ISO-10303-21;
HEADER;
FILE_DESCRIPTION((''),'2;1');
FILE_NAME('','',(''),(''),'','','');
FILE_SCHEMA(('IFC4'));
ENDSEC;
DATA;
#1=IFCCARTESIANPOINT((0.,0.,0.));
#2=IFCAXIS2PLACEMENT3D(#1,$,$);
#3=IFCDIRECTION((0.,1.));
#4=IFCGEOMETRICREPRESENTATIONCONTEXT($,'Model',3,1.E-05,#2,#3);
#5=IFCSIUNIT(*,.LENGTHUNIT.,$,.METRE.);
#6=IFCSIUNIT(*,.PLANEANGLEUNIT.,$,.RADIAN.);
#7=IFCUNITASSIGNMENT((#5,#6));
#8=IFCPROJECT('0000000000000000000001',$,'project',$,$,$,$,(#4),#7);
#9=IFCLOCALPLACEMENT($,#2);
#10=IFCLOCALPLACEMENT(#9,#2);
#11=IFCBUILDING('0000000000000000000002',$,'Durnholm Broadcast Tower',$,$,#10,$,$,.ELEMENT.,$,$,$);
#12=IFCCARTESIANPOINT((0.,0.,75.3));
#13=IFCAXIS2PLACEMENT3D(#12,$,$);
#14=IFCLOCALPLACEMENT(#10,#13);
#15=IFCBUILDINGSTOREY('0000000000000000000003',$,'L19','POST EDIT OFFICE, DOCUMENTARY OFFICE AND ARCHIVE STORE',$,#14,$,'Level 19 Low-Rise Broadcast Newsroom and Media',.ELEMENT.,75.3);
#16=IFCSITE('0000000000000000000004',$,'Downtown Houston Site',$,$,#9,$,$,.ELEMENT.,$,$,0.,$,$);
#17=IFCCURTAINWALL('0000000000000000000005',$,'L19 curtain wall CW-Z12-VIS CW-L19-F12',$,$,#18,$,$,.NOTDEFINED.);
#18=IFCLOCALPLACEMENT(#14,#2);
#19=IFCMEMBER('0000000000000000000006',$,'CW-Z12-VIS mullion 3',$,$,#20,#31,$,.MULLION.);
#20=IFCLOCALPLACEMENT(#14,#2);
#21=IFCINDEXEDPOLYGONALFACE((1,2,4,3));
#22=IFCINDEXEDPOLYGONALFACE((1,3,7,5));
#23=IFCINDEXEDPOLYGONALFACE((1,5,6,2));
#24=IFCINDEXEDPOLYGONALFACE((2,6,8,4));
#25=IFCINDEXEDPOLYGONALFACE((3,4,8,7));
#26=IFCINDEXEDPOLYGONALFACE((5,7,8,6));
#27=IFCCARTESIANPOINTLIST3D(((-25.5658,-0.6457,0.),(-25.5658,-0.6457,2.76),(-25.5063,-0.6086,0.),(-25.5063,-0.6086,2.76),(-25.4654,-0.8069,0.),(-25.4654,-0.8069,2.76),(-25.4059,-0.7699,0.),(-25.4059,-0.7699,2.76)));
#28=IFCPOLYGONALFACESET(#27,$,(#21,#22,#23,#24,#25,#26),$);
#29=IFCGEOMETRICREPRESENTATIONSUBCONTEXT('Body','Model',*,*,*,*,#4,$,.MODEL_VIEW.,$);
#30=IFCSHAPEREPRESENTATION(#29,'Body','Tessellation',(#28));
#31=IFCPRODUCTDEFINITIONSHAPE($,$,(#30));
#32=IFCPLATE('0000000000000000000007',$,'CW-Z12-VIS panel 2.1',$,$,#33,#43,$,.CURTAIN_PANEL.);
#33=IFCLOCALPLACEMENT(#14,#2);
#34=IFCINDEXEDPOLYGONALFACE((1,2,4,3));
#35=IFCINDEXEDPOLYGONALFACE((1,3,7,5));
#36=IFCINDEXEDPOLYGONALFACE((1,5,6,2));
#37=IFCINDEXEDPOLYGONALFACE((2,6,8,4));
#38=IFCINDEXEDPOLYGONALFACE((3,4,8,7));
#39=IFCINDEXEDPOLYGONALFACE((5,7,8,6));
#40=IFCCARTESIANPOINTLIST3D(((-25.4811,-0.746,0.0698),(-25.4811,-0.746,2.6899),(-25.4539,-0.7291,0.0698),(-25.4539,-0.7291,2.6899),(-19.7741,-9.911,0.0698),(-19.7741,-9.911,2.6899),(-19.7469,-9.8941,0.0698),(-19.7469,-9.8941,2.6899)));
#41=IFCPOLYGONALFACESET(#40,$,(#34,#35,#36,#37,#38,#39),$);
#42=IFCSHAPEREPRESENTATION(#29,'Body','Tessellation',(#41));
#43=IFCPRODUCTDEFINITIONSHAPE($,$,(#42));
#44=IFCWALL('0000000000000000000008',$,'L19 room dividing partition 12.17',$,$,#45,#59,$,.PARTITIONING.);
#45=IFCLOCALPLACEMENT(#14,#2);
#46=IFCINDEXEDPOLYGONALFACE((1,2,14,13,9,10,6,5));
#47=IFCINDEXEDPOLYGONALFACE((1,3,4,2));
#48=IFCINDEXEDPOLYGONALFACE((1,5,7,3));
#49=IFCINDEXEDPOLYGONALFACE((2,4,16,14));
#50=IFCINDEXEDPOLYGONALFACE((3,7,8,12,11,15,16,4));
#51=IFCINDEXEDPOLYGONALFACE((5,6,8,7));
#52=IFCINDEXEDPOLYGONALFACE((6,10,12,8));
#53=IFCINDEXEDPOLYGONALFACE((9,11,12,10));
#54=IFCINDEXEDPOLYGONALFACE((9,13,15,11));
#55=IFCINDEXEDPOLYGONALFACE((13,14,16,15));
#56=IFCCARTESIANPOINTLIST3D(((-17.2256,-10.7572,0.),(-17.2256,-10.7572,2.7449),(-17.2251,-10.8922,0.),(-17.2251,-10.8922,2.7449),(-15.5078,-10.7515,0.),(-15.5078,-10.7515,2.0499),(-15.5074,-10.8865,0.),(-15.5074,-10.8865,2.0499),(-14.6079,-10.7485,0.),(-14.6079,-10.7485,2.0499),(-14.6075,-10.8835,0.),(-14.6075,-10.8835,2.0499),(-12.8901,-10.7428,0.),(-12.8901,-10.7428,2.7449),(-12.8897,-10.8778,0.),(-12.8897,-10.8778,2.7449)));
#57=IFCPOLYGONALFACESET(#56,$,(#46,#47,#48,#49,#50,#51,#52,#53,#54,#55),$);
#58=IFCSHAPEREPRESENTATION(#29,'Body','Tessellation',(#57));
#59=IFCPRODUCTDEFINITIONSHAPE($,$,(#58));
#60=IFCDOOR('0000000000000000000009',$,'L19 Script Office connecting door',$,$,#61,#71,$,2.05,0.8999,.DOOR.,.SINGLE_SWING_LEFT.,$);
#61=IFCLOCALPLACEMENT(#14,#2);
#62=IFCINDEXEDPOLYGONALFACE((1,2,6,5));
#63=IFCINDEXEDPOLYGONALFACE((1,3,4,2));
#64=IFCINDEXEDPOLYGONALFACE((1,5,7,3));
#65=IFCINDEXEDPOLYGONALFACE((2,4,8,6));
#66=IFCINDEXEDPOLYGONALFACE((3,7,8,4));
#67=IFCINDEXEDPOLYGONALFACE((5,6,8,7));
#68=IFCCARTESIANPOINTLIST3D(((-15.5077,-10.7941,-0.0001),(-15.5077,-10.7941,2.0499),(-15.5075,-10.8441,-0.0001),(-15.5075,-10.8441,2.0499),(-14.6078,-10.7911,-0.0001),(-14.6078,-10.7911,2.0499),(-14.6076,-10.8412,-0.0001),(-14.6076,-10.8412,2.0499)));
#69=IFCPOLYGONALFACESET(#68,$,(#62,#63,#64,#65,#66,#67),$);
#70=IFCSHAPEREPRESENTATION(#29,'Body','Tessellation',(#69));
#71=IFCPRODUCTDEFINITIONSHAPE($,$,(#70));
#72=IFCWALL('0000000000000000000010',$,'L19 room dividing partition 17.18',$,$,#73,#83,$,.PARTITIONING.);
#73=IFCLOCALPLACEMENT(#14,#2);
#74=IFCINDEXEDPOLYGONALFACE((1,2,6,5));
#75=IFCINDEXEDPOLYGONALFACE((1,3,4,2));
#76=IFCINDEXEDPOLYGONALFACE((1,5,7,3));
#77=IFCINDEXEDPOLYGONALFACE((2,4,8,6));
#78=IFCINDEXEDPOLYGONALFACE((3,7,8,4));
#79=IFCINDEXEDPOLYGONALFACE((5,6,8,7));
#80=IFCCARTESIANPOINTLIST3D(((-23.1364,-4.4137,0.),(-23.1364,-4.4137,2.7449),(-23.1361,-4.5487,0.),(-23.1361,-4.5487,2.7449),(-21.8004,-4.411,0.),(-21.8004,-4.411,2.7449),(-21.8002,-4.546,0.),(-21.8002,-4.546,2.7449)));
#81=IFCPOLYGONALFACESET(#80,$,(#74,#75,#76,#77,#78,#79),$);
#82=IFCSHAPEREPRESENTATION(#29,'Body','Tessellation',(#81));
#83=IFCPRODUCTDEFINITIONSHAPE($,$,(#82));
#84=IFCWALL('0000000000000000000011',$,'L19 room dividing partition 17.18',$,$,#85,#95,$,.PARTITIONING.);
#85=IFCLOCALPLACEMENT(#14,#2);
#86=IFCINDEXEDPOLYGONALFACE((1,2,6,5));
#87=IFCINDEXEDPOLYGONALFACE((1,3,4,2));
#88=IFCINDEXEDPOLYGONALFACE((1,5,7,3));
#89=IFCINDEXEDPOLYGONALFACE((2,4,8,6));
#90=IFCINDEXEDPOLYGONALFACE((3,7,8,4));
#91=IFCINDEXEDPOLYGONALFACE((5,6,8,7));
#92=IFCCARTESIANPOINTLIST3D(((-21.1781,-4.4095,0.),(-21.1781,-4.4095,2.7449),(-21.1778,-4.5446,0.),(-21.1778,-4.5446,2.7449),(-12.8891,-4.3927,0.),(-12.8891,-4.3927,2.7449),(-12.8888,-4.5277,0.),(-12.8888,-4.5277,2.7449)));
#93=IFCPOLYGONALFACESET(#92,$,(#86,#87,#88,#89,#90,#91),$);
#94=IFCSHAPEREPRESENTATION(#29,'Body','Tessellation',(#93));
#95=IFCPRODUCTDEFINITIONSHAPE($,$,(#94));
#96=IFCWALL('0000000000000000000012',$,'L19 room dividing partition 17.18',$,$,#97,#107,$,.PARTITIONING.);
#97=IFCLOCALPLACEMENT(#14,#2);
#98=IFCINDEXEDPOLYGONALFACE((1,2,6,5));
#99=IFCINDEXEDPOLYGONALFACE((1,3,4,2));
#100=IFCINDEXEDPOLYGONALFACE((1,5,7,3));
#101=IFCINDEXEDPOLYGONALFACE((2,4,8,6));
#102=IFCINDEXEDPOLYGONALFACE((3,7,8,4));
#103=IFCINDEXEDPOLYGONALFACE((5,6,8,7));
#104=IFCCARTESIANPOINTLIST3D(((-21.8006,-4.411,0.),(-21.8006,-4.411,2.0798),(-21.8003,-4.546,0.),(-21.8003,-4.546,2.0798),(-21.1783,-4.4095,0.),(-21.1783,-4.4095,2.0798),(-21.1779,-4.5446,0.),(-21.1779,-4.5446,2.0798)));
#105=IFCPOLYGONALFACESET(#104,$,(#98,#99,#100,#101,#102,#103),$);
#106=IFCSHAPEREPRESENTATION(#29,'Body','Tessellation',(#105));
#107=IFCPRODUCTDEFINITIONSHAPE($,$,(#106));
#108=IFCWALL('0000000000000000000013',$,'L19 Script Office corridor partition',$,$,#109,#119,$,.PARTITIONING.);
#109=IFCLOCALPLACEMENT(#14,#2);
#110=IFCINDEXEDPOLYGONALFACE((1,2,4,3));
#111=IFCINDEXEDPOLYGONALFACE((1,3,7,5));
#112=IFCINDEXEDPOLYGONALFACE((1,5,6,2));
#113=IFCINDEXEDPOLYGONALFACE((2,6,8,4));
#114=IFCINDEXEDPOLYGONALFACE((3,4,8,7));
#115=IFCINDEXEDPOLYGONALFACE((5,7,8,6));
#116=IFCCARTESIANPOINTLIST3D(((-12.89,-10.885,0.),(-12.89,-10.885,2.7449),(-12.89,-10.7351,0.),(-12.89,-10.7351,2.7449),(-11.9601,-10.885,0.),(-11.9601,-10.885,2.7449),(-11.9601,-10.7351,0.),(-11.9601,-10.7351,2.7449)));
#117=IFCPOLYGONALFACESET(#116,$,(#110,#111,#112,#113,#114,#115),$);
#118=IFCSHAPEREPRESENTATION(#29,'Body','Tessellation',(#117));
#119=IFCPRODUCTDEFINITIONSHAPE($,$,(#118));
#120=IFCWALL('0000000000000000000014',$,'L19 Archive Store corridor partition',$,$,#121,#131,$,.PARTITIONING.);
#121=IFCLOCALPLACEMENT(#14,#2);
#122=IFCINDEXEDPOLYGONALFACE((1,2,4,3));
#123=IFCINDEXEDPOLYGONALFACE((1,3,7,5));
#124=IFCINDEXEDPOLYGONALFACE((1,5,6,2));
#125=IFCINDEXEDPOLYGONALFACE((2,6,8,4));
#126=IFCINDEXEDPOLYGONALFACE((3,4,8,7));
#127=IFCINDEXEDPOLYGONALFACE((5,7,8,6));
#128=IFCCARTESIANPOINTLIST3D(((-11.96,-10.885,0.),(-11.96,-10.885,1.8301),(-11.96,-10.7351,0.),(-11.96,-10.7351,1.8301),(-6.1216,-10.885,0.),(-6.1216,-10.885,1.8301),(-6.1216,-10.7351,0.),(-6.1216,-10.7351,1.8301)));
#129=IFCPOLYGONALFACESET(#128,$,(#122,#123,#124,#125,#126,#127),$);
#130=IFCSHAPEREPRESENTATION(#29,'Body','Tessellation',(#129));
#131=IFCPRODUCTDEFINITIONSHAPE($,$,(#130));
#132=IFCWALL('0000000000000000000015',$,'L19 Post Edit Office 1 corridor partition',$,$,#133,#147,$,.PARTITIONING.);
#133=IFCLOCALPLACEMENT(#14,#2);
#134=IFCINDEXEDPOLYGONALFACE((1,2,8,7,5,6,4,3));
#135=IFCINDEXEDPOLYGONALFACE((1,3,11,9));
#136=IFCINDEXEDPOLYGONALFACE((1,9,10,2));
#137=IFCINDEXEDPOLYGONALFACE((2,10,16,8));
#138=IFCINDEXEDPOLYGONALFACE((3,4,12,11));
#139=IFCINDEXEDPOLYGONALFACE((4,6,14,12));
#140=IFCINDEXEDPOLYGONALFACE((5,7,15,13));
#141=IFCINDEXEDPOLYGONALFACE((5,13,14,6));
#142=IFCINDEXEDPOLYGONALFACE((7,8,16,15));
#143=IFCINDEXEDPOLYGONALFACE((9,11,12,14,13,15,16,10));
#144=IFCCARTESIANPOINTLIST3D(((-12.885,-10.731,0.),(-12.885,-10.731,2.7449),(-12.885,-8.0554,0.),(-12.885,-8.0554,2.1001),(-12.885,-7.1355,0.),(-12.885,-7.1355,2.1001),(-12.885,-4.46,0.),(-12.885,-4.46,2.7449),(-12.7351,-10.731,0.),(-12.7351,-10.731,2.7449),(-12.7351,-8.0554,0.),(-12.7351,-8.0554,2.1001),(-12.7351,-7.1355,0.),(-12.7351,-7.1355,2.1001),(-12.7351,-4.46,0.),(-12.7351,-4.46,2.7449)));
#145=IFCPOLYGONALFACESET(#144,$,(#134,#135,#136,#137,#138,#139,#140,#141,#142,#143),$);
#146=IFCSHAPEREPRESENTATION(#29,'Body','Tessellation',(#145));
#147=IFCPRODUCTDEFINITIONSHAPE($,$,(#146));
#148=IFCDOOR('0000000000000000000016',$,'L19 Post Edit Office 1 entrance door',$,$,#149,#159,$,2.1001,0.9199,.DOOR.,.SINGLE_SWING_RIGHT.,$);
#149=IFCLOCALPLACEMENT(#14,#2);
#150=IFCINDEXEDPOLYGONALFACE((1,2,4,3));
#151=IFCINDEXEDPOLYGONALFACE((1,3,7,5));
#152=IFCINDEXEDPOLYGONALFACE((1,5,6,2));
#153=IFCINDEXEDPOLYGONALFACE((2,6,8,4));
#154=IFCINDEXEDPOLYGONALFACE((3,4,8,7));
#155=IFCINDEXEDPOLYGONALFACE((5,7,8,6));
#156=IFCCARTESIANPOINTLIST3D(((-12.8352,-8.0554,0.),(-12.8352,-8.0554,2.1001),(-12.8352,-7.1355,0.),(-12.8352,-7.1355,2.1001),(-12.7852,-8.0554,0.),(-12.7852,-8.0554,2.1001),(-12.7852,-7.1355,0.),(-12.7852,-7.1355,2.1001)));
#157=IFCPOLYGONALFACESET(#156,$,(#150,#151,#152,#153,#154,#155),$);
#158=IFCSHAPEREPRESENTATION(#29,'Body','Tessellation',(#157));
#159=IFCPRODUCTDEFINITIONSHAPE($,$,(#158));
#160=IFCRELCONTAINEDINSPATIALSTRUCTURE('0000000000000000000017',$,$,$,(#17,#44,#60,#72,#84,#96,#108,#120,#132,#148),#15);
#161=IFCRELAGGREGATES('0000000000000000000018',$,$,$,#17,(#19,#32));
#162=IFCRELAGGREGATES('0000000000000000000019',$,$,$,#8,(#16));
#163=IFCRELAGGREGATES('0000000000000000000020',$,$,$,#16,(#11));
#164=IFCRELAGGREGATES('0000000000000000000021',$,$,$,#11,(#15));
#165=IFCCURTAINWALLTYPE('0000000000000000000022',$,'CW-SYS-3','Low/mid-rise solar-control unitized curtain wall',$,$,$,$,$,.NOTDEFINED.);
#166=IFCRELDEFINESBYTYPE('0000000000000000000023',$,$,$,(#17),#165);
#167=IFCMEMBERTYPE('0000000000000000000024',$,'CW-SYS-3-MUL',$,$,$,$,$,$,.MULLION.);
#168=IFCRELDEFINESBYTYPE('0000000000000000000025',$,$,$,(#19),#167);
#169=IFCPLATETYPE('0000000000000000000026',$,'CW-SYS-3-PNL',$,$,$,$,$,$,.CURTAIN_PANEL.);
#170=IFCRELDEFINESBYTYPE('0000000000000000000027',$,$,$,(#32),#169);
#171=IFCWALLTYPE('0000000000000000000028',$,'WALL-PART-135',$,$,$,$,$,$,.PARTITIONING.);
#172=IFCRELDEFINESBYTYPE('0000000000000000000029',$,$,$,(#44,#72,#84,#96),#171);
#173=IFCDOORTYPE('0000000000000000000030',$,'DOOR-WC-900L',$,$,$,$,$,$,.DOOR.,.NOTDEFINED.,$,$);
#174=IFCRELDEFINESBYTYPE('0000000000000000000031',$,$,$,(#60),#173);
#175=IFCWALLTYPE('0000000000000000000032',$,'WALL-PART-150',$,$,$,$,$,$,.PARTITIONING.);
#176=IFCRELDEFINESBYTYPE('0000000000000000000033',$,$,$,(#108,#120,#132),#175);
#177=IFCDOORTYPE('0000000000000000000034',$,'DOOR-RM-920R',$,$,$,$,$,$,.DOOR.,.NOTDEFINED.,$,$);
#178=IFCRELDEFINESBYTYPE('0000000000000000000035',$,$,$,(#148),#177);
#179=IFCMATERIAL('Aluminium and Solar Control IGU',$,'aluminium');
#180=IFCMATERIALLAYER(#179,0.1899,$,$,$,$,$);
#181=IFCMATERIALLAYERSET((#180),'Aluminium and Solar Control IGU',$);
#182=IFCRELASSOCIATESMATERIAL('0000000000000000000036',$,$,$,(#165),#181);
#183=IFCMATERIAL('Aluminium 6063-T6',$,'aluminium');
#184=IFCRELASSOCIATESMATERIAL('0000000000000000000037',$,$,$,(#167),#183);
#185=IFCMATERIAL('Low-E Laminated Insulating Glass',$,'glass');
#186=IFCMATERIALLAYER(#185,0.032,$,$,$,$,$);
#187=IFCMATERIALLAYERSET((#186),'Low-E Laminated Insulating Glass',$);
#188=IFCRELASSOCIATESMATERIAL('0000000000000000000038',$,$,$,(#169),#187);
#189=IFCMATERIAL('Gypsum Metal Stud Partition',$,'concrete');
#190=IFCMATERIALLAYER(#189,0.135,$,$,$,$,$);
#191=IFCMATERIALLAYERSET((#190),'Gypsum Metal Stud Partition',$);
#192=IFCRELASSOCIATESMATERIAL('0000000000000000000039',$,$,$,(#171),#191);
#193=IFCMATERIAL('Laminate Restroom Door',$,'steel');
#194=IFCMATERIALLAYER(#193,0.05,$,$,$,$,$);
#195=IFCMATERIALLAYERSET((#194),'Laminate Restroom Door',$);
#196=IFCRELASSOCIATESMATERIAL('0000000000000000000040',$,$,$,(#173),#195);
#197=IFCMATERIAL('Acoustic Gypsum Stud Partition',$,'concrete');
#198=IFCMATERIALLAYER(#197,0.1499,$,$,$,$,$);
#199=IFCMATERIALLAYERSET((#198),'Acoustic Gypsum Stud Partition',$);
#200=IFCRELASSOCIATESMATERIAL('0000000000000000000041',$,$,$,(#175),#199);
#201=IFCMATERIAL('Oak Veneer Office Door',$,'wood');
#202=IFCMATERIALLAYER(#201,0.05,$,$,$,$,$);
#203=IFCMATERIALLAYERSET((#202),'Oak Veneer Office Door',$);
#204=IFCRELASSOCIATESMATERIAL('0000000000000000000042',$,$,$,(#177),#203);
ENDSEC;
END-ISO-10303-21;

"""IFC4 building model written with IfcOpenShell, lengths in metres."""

from ifc_helpers import new_model, si_unit, direction, frame, frame_2d, origin, origin_2d, place, context, subcontext, project, spatial, rectangle, extrude, source, transform, mapped, material, layer, layer_set, material_profile, profile_set, type_object, type_shapes, element, fill, aggregate, save


model = new_model("IFC4")

# Units and contexts
model_context = context("Model", 3, precision=1e-05, world=origin(), true_north=direction((0.0, 1.0)))
body_context = subcontext(model_context, "Body", "Model", "MODEL_VIEW")
ifc_project = project(units=[si_unit("LENGTHUNIT", "METRE"), si_unit("PLANEANGLEUNIT", "RADIAN")], contexts=[model_context])

# Site, building, storey
site_placement = place(None, origin())
site = spatial("IfcSite", under=ifc_project, at=site_placement, Name="Downtown Houston Site", CompositionType="ELEMENT", RefElevation=0.0)
building_placement = place(site_placement, origin())
building = spatial("IfcBuilding", under=site, at=building_placement, Name="Durnholm Broadcast Tower", CompositionType="ELEMENT")
storey_placement = place(building_placement, frame((0.0, 0.0, 75.3)))
storey = spatial("IfcBuildingStorey", under=building, at=storey_placement, Name="L19", Description="POST EDIT OFFICE, DOCUMENTARY OFFICE AND ARCHIVE STORE", LongName="Level 19 Low-Rise Broadcast Newsroom and Media", CompositionType="ELEMENT", Elevation=75.3)

# Curtain wall
ifc_material_1 = material(Name="Aluminium and Solar Control IGU", Category="aluminium")
ifc_material_2 = material(Name="Aluminium 6063-T6", Category="aluminium")
ifc_layer_1 = layer(ifc_material_1, 0.1899)
ifc_layer_set_1 = layer_set([ifc_layer_1], Name="Aluminium and Solar Control IGU")
curtain_wall_type_1 = type_object("IfcCurtainWallType", Name="CW-SYS-3", Description="Low/mid-rise solar-control unitized curtain wall", PredefinedType="NOTDEFINED", material=ifc_layer_set_1)
curtain_wall_1_placement = place(storey_placement, origin())
curtain_wall_1 = element("IfcCurtainWall", 1, at=curtain_wall_1_placement, inside=storey, type_object=curtain_wall_type_1, Name="L19 curtain wall CW-Z12-VIS CW-L19-F12", PredefinedType="NOTDEFINED")

# Member
ifc_material_profile_1 = material_profile(ifc_material_2, rectangle(XDim=0.0701, YDim=0.1899, at=origin_2d()), Name="CWM70X190")
ifc_profile_set_1 = profile_set([ifc_material_profile_1], Name="Aluminium 6063-T6")
member_type_1 = type_object("IfcMemberType", Name="CW-SYS-3-MUL", PredefinedType="MULLION", material=ifc_profile_set_1)
shared_shape_1 = source(origin(), body_context, "Body", "SweptSolid", [
    extrude(rectangle(XDim=0.0701, YDim=0.1899, at=origin_2d()), origin(), (0.0, 0.0, 1.0), 2.76),
])
type_shapes(member_type_1, [shared_shape_1])
member_1_placement = place(storey_placement, frame((-25.4858, -0.7078, 0.0), z_axis=(0.0, 0.0, 1.0), x_axis=(-0.848876, -0.528592, 0.0)))
member_1 = element("IfcMember", 2, at=member_1_placement, type_object=member_type_1, Name="CW-Z12-VIS mullion 3", PredefinedType="MULLION", context=body_context, shape_type="MappedRepresentation", body=[
    mapped(shared_shape_1, transform((0.0, 0.0, 0.0), x_axis=(1.0, 0.0, 0.0), y_axis=(0.0, 1.0, 0.0), z_axis=(0.0, 0.0, 1.0), scale=1.0)),
])

# Plate
ifc_material_3 = material(Name="Low-E Laminated Insulating Glass", Category="glass")
ifc_layer_2 = layer(ifc_material_3, 0.032)
ifc_layer_set_2 = layer_set([ifc_layer_2], Name="Low-E Laminated Insulating Glass")
plate_type = type_object("IfcPlateType", Name="CW-SYS-3-PNL", PredefinedType="CURTAIN_PANEL", material=ifc_layer_set_2)
shared_shape_2 = source(origin(), body_context, "Body", "SweptSolid", [
    extrude(rectangle(XDim=10.7966, YDim=0.032, at=origin_2d()), origin(), (0.0, 0.0, 1.0), 2.6201),
])
type_shapes(plate_type, [shared_shape_2])
plate_placement = place(storey_placement, frame((-22.614, -5.3201, 0.0698), z_axis=(0.0, 0.0, 1.0), x_axis=(-0.528592, 0.848876, 0.0)))
plate = element("IfcPlate", 3, at=plate_placement, type_object=plate_type, Name="CW-Z12-VIS panel 2.1", PredefinedType="CURTAIN_PANEL", context=body_context, shape_type="MappedRepresentation", body=[
    mapped(shared_shape_2, transform((0.0, 0.0, 0.0), x_axis=(1.0, 0.0, 0.0), y_axis=(0.0, 1.0, 0.0), z_axis=(0.0, 0.0, 1.0), scale=1.0)),
])
aggregate(curtain_wall_1, [member_1, plate])

# Wall, opening, door
ifc_material_4 = material(Name="Gypsum Metal Stud Partition", Category="concrete")
ifc_layer_3 = layer(ifc_material_4, 0.135)
ifc_layer_set_3 = layer_set([ifc_layer_3], Name="Gypsum Metal Stud Partition")
wall_type_1 = type_object("IfcWallType", Name="WALL-PART-135", PredefinedType="PARTITIONING", material=ifc_layer_set_3)
wall_1_placement = place(storey_placement, frame((-17.2253, -10.8247, 0.0), z_axis=(0.0, 0.0, 1.0), x_axis=(0.999994, 0.003322, 0.0)))
wall_1 = element("IfcWall", 4, at=wall_1_placement, inside=storey, type_object=wall_type_1, Name="L19 room dividing partition 12.17", PredefinedType="PARTITIONING", context=body_context, shape_type="SweptSolid", body=[
    extrude(rectangle(XDim=4.3354, YDim=0.135, at=frame_2d((2.1677, 0.0))), origin(), (0.0, 0.0, 1.0), 2.7449),
])
opening_1_placement = place(wall_1_placement, frame((1.7178, 0.0, 0.0)))
opening_1 = element("IfcOpeningElement", 5, at=opening_1_placement, cuts=wall_1, PredefinedType="OPENING", context=body_context, shape_type="SweptSolid", body=[
    extrude(rectangle(XDim=0.8999, YDim=2.05, at=frame_2d((0.45, 1.0249))), frame((0.0, 0.0776, 0.0), z_axis=(0.0, -1.0, 0.0), x_axis=(1.0, 0.0, 0.0)), (0.0, 0.0, 1.0), 0.155),
])
ifc_material_5 = material(Name="Laminate Restroom Door", Category="steel")
ifc_layer_4 = layer(ifc_material_5, 0.05)
ifc_layer_set_4 = layer_set([ifc_layer_4], Name="Laminate Restroom Door")
door_type_1 = type_object("IfcDoorType", Name="DOOR-WC-900L", OperationType="NOTDEFINED", PredefinedType="DOOR", material=ifc_layer_set_4)
shared_shape_3 = source(origin(), body_context, "Body", "SweptSolid", [
    extrude(rectangle(XDim=0.8999, YDim=2.05, at=frame_2d((0.45, 1.0249))), frame((0.0, 0.0249, 0.0), z_axis=(0.0, -1.0, 0.0), x_axis=(1.0, 0.0, 0.0)), (0.0, 0.0, 1.0), 0.05),
])
type_shapes(door_type_1, [shared_shape_3])
door_1_placement = place(opening_1_placement, origin())
door_1 = element("IfcDoor", 6, at=door_1_placement, inside=storey, type_object=door_type_1, Name="L19 Script Office connecting door", OperationType="SINGLE_SWING_LEFT", OverallHeight=2.05, OverallWidth=0.8999, PredefinedType="DOOR", context=body_context, shape_type="MappedRepresentation", body=[
    mapped(shared_shape_3, transform((0.0, 0.0, 0.0), x_axis=(1.0, 0.0, 0.0), y_axis=(0.0, 1.0, 0.0), z_axis=(0.0, 0.0, 1.0), scale=1.0)),
])
fill(opening_1, door_1)

# Walls
wall_2_placement = place(storey_placement, frame((-23.1362, -4.4812, 0.0), z_axis=(0.0, 0.0, 1.0), x_axis=(0.999998, 0.00201, 0.0)))
element("IfcWall", 7, at=wall_2_placement, inside=storey, type_object=wall_type_1, Name="L19 room dividing partition 17.18", PredefinedType="PARTITIONING", context=body_context, shape_type="SweptSolid", body=[
    extrude(rectangle(XDim=1.3359, YDim=0.135, at=frame_2d((0.668, 0.0))), origin(), (0.0, 0.0, 1.0), 2.7449),
])
wall_3_placement = place(storey_placement, frame((-21.178, -4.4771, 0.0), z_axis=(0.0, 0.0, 1.0), x_axis=(0.999998, 0.002032, 0.0)))
element("IfcWall", 8, at=wall_3_placement, inside=storey, type_object=wall_type_1, Name="L19 room dividing partition 17.18", PredefinedType="PARTITIONING", context=body_context, shape_type="SweptSolid", body=[
    extrude(rectangle(XDim=8.2891, YDim=0.135, at=frame_2d((4.1445, 0.0))), origin(), (0.0, 0.0, 1.0), 2.7449),
])
wall_4_placement = place(storey_placement, frame((-21.8003, -4.4785, 0.0), z_axis=(0.0, 0.0, 1.0), x_axis=(0.999997, 0.002354, 0.0)))
element("IfcWall", 9, at=wall_4_placement, inside=storey, type_object=wall_type_1, Name="L19 room dividing partition 17.18", PredefinedType="PARTITIONING", context=body_context, shape_type="SweptSolid", body=[
    extrude(rectangle(XDim=0.6223, YDim=0.135, at=frame_2d((0.311, 0.0))), origin(), (0.0, 0.0, 1.0), 2.0798),
])
ifc_material_6 = material(Name="Acoustic Gypsum Stud Partition", Category="concrete")
ifc_layer_5 = layer(ifc_material_6, 0.1499)
ifc_layer_set_5 = layer_set([ifc_layer_5], Name="Acoustic Gypsum Stud Partition")
wall_type_2 = type_object("IfcWallType", Name="WALL-PART-150", PredefinedType="PARTITIONING", material=ifc_layer_set_5)
wall_5_placement = place(storey_placement, frame((-12.8899, -10.8101, 0.0), z_axis=(0.0, 0.0, 1.0), x_axis=(1.0, 0.0, 0.0)))
element("IfcWall", 10, at=wall_5_placement, inside=storey, type_object=wall_type_2, Name="L19 Script Office corridor partition", PredefinedType="PARTITIONING", context=body_context, shape_type="SweptSolid", body=[
    extrude(rectangle(XDim=0.9299, YDim=0.1499, at=frame_2d((0.4648, 0.0))), origin(), (0.0, 0.0, 1.0), 2.7449),
])
wall_6_placement = place(storey_placement, frame((-11.96, -10.8101, 0.0), z_axis=(0.0, 0.0, 1.0), x_axis=(1.0, 0.0, 0.0)))
element("IfcWall", 11, at=wall_6_placement, inside=storey, type_object=wall_type_2, Name="L19 Archive Store corridor partition", PredefinedType="PARTITIONING", context=body_context, shape_type="SweptSolid", body=[
    extrude(rectangle(XDim=5.8384, YDim=0.1499, at=frame_2d((2.9192, 0.0))), origin(), (0.0, 0.0, 1.0), 1.8301),
])

# Wall, opening, door
wall_7_placement = place(storey_placement, frame((-12.8101, -4.46, 0.0), z_axis=(0.0, 0.0, 1.0), x_axis=(0.0, -1.0, 0.0)))
wall_7 = element("IfcWall", 12, at=wall_7_placement, inside=storey, type_object=wall_type_2, Name="L19 Post Edit Office 1 corridor partition", PredefinedType="PARTITIONING", context=body_context, shape_type="SweptSolid", body=[
    extrude(rectangle(XDim=6.271, YDim=0.1499, at=frame_2d((3.1355, 0.0))), origin(), (0.0, 0.0, 1.0), 2.7449),
])
opening_2_placement = place(wall_7_placement, frame((2.6755, 0.0, 0.0)))
opening_2 = element("IfcOpeningElement", 13, at=opening_2_placement, cuts=wall_7, PredefinedType="OPENING", context=body_context, shape_type="SweptSolid", body=[
    extrude(rectangle(XDim=0.9199, YDim=2.1001, at=frame_2d((0.46, 1.05))), frame((0.0, 0.085, 0.0), z_axis=(0.0, -1.0, 0.0), x_axis=(1.0, 0.0, 0.0)), (0.0, 0.0, 1.0), 0.1699),
])
ifc_material_7 = material(Name="Oak Veneer Office Door", Category="wood")
ifc_layer_6 = layer(ifc_material_7, 0.05)
ifc_layer_set_6 = layer_set([ifc_layer_6], Name="Oak Veneer Office Door")
door_type_2 = type_object("IfcDoorType", Name="DOOR-RM-920R", OperationType="NOTDEFINED", PredefinedType="DOOR", material=ifc_layer_set_6)
shared_shape_4 = source(origin(), body_context, "Body", "SweptSolid", [
    extrude(rectangle(XDim=0.9199, YDim=2.1001, at=frame_2d((0.46, 1.05))), frame((0.0, 0.0249, 0.0), z_axis=(0.0, -1.0, 0.0), x_axis=(1.0, 0.0, 0.0)), (0.0, 0.0, 1.0), 0.05),
])
type_shapes(door_type_2, [shared_shape_4])
door_2_placement = place(opening_2_placement, origin())
door_2 = element("IfcDoor", 14, at=door_2_placement, inside=storey, type_object=door_type_2, Name="L19 Post Edit Office 1 entrance door", OperationType="SINGLE_SWING_RIGHT", OverallHeight=2.1001, OverallWidth=0.9199, PredefinedType="DOOR", context=body_context, shape_type="MappedRepresentation", body=[
    mapped(shared_shape_4, transform((0.0, 0.0, 0.0), x_axis=(1.0, 0.0, 0.0), y_axis=(0.0, 1.0, 0.0), z_axis=(0.0, 0.0, 1.0), scale=1.0)),
])
fill(opening_2, door_2)

save(model, "model.ifc")
